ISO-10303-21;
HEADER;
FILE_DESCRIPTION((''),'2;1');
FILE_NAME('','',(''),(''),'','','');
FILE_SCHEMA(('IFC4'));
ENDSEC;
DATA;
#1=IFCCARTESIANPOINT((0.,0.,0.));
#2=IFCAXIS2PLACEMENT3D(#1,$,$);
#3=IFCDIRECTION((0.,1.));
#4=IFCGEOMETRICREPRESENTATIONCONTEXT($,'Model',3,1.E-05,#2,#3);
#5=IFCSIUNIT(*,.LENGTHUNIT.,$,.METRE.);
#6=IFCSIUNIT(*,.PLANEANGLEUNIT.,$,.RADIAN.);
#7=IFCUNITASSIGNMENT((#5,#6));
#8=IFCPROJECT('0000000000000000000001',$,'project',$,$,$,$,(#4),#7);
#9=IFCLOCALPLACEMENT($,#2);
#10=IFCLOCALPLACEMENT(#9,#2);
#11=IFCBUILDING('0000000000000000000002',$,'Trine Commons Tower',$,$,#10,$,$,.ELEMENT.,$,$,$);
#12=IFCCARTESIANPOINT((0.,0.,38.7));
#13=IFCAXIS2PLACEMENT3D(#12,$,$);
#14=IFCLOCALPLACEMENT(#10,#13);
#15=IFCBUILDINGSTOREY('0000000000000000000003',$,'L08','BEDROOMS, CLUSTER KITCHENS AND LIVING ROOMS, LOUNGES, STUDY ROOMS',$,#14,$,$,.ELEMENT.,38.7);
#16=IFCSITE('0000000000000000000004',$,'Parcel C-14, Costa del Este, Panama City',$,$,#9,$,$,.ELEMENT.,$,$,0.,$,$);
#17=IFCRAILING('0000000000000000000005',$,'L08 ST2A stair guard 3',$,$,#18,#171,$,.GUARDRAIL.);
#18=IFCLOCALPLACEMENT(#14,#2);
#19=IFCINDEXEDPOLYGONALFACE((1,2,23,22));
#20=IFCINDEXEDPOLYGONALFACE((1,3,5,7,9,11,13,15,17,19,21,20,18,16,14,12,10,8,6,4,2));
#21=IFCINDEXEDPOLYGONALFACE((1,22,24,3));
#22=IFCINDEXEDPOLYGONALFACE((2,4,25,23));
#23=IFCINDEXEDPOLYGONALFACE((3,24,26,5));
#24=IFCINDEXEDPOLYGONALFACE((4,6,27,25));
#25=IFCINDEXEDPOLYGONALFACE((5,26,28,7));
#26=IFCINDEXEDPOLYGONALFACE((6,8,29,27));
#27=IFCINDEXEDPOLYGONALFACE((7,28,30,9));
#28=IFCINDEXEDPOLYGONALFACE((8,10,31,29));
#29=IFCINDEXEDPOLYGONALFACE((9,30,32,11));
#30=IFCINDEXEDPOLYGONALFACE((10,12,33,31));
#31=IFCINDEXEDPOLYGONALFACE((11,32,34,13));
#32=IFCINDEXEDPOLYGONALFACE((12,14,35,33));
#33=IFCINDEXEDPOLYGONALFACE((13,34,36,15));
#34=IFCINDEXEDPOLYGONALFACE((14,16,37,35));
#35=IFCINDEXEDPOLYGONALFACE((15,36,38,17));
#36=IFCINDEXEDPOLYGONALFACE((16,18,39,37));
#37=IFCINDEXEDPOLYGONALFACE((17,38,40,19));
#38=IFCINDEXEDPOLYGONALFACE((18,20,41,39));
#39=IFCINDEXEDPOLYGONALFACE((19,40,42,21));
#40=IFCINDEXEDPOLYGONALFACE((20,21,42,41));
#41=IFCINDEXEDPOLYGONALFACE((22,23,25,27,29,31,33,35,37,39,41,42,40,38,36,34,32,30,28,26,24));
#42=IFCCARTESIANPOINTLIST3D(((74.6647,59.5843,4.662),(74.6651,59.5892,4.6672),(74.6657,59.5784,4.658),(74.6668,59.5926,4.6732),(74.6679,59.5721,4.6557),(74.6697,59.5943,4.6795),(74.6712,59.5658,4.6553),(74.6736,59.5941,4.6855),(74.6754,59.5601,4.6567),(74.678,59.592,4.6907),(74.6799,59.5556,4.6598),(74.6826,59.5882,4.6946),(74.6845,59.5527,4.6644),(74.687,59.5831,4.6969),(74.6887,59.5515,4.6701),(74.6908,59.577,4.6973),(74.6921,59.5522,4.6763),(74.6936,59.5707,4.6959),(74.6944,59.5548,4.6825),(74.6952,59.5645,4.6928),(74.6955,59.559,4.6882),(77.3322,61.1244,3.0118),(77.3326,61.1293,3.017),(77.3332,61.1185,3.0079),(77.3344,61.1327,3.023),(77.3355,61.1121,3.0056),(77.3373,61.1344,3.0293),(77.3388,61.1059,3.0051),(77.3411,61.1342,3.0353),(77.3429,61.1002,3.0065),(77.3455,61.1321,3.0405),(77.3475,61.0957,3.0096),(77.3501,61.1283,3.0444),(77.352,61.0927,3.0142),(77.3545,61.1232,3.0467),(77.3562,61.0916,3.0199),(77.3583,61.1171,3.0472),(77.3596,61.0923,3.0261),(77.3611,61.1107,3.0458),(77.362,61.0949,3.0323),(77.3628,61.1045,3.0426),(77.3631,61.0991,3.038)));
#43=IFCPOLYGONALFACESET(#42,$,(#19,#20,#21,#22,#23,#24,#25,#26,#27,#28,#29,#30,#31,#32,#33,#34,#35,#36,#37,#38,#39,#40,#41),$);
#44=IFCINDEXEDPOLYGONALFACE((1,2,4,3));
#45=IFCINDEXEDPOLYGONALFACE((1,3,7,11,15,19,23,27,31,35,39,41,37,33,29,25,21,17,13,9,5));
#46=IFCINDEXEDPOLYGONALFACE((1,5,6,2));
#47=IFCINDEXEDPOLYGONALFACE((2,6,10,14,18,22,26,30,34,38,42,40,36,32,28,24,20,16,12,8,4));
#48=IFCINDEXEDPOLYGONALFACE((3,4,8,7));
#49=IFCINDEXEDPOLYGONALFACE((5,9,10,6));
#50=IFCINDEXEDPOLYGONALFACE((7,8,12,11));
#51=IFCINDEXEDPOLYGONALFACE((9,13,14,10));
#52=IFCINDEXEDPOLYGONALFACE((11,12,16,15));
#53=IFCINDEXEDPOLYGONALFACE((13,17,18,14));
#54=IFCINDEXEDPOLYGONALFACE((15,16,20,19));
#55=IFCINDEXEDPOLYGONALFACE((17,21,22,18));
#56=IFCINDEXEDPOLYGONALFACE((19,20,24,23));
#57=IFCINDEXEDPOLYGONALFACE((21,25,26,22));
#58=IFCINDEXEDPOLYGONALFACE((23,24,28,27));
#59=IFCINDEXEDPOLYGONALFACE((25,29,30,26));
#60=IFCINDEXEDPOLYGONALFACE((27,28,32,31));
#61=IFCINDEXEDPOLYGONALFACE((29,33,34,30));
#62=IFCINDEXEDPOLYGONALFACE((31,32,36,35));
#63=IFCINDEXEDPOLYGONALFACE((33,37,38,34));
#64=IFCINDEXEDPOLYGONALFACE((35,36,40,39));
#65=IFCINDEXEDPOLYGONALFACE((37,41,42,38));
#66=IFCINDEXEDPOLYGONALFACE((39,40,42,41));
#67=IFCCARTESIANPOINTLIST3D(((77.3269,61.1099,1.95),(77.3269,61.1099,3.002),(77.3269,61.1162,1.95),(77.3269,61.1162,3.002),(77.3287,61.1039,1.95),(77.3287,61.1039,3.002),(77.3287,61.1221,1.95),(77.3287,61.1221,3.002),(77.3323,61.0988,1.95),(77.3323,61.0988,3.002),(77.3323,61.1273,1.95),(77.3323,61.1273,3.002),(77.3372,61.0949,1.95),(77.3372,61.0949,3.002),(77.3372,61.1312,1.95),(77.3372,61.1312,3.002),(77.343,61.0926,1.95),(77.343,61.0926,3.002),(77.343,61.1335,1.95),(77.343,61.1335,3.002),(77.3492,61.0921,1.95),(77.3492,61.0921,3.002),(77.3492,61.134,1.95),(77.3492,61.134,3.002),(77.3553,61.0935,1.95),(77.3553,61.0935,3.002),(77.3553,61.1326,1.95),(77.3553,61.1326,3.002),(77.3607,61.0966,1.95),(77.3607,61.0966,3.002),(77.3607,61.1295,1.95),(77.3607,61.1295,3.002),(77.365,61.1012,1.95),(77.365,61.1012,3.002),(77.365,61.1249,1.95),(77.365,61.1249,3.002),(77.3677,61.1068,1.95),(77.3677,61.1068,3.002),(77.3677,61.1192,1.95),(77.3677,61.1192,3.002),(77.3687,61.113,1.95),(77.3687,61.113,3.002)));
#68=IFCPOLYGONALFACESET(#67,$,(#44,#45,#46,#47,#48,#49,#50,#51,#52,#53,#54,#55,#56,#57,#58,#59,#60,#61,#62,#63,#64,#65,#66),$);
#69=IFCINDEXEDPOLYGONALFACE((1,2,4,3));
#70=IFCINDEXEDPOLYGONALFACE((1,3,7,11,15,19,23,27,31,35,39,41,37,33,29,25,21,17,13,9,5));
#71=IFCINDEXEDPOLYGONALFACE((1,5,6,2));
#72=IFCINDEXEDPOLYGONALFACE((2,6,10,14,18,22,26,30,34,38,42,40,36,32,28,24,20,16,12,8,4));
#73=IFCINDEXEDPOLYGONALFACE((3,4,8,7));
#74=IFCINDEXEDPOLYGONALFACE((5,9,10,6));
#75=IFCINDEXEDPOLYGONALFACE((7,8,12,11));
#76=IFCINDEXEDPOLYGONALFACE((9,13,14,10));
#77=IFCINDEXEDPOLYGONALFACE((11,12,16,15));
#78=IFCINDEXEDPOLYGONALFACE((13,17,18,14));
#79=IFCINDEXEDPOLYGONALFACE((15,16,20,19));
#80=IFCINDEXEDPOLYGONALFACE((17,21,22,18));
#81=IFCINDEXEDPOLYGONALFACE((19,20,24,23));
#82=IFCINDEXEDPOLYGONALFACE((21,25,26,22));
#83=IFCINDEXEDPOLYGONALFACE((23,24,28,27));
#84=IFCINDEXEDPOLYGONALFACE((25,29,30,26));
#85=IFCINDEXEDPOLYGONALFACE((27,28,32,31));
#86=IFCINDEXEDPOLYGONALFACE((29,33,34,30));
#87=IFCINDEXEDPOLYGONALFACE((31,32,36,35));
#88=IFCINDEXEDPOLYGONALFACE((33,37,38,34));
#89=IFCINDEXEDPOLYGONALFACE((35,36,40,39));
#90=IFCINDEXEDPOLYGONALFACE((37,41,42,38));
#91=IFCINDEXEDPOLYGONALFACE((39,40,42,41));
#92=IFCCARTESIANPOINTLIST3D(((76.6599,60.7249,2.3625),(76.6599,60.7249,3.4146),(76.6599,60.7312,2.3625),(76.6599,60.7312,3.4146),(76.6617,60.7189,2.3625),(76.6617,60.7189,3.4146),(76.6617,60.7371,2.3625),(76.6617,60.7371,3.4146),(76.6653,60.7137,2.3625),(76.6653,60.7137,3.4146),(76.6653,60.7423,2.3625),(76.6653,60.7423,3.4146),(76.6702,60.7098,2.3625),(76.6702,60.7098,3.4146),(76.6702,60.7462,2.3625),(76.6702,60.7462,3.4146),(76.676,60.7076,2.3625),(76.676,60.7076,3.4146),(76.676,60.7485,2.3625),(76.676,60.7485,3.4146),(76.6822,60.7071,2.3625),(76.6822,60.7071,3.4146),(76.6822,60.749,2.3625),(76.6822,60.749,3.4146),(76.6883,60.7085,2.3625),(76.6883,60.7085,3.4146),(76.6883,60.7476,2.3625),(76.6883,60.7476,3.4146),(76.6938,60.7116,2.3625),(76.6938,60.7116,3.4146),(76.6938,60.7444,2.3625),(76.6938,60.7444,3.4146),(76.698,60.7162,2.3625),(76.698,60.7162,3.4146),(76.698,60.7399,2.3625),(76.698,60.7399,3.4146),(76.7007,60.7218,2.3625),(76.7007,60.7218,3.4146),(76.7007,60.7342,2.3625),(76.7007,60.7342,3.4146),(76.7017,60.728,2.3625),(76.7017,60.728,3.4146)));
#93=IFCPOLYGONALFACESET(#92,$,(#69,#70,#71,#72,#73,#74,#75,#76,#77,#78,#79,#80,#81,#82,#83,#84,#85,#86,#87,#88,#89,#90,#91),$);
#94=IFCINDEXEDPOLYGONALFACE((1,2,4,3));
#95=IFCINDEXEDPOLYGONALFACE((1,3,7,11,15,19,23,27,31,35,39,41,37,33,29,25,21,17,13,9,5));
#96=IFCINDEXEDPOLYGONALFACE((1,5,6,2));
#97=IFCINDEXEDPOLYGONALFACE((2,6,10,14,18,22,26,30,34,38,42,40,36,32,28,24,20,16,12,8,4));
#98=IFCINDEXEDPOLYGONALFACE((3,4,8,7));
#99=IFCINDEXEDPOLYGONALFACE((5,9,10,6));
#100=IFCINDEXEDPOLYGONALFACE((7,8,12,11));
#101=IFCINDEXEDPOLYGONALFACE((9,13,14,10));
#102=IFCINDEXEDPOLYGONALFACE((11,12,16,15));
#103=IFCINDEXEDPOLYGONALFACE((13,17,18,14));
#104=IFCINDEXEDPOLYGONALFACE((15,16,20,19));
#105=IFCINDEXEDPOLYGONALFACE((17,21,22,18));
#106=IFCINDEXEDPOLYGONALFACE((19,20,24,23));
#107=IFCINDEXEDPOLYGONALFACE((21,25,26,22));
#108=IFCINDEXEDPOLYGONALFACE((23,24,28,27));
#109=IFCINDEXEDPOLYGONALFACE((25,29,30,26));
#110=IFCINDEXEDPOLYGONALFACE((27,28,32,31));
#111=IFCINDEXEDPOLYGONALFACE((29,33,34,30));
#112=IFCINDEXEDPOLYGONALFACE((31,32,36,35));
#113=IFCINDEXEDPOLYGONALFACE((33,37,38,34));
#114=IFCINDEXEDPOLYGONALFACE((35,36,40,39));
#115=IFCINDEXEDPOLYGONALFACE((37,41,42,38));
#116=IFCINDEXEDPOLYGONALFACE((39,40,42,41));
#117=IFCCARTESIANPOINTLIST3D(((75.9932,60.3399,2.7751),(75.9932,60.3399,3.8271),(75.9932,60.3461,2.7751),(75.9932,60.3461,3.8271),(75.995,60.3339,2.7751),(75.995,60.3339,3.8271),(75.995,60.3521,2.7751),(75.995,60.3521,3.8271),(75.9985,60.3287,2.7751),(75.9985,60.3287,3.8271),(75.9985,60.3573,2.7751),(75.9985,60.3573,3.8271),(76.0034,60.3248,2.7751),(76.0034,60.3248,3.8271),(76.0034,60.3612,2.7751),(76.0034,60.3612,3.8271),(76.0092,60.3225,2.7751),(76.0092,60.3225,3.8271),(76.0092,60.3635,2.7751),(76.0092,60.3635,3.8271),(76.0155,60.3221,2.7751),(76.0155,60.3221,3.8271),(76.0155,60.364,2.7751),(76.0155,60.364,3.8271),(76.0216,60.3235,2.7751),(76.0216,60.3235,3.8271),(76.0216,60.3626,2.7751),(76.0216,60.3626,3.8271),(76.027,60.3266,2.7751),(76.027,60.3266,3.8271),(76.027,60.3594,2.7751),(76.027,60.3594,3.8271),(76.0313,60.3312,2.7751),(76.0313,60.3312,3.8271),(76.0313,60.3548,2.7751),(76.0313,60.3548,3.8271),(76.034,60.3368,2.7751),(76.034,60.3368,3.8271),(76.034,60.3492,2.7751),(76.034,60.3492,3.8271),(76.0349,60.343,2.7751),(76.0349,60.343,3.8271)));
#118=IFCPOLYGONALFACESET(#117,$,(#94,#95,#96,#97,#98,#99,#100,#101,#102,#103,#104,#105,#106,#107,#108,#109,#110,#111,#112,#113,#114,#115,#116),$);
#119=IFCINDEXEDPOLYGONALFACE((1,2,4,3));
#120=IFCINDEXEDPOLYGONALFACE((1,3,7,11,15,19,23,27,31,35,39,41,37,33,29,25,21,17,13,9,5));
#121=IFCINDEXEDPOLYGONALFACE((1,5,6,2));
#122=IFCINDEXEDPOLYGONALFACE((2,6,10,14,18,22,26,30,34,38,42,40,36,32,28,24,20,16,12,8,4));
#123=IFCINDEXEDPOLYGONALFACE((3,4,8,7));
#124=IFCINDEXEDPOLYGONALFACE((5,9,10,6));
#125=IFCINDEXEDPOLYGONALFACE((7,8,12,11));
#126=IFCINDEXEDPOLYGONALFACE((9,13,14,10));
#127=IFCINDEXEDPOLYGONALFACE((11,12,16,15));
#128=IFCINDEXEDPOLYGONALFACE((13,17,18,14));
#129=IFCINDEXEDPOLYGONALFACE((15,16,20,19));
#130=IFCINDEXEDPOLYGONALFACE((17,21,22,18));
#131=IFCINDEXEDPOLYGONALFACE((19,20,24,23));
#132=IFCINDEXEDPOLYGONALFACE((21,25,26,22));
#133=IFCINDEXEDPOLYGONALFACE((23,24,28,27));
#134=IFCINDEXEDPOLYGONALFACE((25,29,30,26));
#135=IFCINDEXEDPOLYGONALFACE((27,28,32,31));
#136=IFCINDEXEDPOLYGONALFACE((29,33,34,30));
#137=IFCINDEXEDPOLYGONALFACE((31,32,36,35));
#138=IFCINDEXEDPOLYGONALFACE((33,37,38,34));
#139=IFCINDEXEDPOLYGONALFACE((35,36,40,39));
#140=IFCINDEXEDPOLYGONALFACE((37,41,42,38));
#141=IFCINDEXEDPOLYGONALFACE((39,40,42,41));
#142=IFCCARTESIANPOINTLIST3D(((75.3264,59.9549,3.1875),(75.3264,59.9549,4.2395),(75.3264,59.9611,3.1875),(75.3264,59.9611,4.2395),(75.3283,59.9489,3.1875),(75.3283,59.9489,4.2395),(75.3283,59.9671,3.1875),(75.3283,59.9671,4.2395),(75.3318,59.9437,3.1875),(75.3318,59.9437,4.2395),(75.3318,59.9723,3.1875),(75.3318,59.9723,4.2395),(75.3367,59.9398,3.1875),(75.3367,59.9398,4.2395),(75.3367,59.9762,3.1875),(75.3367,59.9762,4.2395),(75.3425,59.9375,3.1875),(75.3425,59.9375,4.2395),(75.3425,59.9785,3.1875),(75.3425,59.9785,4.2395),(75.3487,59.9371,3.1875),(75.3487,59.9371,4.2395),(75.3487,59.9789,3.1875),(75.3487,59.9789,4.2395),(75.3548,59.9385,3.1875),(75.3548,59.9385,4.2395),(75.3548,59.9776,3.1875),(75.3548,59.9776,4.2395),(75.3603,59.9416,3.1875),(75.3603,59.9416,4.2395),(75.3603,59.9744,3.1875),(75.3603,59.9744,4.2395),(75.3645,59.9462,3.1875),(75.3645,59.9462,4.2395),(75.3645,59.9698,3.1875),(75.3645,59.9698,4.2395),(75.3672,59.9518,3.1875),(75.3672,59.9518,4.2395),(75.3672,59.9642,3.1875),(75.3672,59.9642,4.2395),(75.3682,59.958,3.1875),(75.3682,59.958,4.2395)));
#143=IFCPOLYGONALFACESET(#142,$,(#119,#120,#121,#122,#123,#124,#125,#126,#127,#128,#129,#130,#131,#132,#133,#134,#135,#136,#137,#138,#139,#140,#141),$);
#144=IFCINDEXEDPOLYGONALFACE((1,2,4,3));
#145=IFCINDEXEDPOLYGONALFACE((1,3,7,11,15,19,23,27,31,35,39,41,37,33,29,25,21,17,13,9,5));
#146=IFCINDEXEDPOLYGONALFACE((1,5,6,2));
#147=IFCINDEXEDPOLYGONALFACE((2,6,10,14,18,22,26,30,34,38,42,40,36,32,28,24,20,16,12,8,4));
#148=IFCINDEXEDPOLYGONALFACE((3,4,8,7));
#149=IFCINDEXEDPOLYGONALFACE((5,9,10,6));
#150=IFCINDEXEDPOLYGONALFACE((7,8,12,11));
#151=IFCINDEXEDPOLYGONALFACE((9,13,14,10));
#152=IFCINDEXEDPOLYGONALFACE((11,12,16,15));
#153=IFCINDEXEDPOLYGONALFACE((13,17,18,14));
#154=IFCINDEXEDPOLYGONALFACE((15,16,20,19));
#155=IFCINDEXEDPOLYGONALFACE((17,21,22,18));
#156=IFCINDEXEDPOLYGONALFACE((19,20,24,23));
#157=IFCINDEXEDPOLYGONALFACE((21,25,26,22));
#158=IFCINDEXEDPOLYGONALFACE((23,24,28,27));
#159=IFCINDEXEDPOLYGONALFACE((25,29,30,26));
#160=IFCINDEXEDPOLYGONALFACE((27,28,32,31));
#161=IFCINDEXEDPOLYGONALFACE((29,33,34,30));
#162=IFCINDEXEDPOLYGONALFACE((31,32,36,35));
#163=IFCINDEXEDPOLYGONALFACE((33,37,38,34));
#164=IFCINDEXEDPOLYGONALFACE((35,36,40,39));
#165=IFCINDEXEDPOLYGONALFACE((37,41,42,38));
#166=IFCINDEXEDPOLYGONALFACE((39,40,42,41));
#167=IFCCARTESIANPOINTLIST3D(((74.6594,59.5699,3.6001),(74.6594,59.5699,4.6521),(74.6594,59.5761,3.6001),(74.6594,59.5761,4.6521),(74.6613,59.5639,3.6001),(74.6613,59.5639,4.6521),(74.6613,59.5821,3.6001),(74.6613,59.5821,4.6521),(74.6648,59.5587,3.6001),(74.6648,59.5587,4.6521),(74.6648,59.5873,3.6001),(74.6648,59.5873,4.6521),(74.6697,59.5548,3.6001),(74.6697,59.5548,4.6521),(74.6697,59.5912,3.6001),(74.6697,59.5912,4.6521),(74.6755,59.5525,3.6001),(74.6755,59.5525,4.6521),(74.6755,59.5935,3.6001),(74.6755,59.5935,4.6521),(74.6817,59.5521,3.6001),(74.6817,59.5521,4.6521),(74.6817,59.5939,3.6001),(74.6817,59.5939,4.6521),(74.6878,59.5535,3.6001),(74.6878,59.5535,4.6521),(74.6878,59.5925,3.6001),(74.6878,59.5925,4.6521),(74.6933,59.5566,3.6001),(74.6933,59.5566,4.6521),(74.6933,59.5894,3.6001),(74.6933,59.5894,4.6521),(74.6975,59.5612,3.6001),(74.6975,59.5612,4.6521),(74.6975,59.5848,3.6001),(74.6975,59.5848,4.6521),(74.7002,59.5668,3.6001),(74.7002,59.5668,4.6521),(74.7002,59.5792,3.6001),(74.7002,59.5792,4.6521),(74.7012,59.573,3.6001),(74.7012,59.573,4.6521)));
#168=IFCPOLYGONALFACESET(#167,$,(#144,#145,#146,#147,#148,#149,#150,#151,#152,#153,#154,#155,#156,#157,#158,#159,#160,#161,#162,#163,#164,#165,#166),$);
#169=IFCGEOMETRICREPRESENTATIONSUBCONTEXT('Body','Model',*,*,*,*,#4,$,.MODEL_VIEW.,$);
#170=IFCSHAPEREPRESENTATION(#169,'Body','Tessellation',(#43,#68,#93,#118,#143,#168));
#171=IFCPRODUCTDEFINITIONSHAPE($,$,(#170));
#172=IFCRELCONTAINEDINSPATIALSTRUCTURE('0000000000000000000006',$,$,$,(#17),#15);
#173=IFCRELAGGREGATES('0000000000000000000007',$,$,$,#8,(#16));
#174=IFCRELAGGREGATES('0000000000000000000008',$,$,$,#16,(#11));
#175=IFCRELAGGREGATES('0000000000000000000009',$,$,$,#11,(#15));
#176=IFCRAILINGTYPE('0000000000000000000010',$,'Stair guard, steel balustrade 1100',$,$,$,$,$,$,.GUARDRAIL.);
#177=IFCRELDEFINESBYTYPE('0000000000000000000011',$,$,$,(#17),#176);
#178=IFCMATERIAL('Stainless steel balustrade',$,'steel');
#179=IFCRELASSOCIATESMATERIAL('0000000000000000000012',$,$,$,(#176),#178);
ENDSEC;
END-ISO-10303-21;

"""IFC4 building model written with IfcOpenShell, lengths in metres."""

from ifc_helpers import new_model, si_unit, direction, frame, origin, origin_2d, place, context, subcontext, project, spatial, circle, extrude, material, type_object, element, save


model = new_model("IFC4")

# Units and contexts
model_context = context("Model", 3, precision=1e-05, world=origin(), true_north=direction((0.0, 1.0)))
body_context = subcontext(model_context, "Body", "Model", "MODEL_VIEW")
ifc_project = project(units=[si_unit("LENGTHUNIT", "METRE"), si_unit("PLANEANGLEUNIT", "RADIAN")], contexts=[model_context])

# Site, building, storey
site_placement = place(None, origin())
site = spatial("IfcSite", under=ifc_project, at=site_placement, Name="Parcel C-14, Costa del Este, Panama City", CompositionType="ELEMENT", RefElevation=0.0)
building_placement = place(site_placement, origin())
building = spatial("IfcBuilding", under=site, at=building_placement, Name="Trine Commons Tower", CompositionType="ELEMENT")
storey_placement = place(building_placement, frame((0.0, 0.0, 38.7)))
storey = spatial("IfcBuildingStorey", under=building, at=storey_placement, Name="L08", Description="BEDROOMS, CLUSTER KITCHENS AND LIVING ROOMS, LOUNGES, STUDY ROOMS", CompositionType="ELEMENT", Elevation=38.7)

# Railing
ifc_material_1 = material(Name="Stainless steel balustrade", Category="steel")
railing_type_1 = type_object("IfcRailingType", Name="Stair guard, steel balustrade 1100", PredefinedType="GUARDRAIL", material=ifc_material_1)
railing_1_placement = place(storey_placement, frame((77.3477, 61.113, 1.95)))
element("IfcRailing", 1, at=railing_1_placement, inside=storey, type_object=railing_type_1, Name="L08 ST2A stair guard 3", PredefinedType="GUARDRAIL", context=body_context, shape_type="SweptSolid", body=[
    extrude(circle(Radius=0.0239, at=origin_2d()), frame((0.0, 0.0, 1.0762), z_axis=(-0.76338, -0.440728, 0.472239), x_axis=(0.499992, -0.86603, 0.0)), (0.0, 0.0, 1.0), 3.4944),
    extrude(circle(Radius=0.021, at=origin_2d()), origin(), (0.0, 0.0, 1.0), 1.052),
    extrude(circle(Radius=0.021, at=origin_2d()), frame((-0.667, -0.385, 0.4126)), (0.0, 0.0, 1.0), 1.052),
    extrude(circle(Radius=0.021, at=origin_2d()), frame((-1.3337, -0.77, 0.8252)), (0.0, 0.0, 1.0), 1.052),
    extrude(circle(Radius=0.021, at=origin_2d()), frame((-2.0005, -1.155, 1.2375)), (0.0, 0.0, 1.0), 1.052),
    extrude(circle(Radius=0.021, at=origin_2d()), frame((-2.6675, -1.54, 1.6501)), (0.0, 0.0, 1.0), 1.052),
])

save(model, "model.ifc")
